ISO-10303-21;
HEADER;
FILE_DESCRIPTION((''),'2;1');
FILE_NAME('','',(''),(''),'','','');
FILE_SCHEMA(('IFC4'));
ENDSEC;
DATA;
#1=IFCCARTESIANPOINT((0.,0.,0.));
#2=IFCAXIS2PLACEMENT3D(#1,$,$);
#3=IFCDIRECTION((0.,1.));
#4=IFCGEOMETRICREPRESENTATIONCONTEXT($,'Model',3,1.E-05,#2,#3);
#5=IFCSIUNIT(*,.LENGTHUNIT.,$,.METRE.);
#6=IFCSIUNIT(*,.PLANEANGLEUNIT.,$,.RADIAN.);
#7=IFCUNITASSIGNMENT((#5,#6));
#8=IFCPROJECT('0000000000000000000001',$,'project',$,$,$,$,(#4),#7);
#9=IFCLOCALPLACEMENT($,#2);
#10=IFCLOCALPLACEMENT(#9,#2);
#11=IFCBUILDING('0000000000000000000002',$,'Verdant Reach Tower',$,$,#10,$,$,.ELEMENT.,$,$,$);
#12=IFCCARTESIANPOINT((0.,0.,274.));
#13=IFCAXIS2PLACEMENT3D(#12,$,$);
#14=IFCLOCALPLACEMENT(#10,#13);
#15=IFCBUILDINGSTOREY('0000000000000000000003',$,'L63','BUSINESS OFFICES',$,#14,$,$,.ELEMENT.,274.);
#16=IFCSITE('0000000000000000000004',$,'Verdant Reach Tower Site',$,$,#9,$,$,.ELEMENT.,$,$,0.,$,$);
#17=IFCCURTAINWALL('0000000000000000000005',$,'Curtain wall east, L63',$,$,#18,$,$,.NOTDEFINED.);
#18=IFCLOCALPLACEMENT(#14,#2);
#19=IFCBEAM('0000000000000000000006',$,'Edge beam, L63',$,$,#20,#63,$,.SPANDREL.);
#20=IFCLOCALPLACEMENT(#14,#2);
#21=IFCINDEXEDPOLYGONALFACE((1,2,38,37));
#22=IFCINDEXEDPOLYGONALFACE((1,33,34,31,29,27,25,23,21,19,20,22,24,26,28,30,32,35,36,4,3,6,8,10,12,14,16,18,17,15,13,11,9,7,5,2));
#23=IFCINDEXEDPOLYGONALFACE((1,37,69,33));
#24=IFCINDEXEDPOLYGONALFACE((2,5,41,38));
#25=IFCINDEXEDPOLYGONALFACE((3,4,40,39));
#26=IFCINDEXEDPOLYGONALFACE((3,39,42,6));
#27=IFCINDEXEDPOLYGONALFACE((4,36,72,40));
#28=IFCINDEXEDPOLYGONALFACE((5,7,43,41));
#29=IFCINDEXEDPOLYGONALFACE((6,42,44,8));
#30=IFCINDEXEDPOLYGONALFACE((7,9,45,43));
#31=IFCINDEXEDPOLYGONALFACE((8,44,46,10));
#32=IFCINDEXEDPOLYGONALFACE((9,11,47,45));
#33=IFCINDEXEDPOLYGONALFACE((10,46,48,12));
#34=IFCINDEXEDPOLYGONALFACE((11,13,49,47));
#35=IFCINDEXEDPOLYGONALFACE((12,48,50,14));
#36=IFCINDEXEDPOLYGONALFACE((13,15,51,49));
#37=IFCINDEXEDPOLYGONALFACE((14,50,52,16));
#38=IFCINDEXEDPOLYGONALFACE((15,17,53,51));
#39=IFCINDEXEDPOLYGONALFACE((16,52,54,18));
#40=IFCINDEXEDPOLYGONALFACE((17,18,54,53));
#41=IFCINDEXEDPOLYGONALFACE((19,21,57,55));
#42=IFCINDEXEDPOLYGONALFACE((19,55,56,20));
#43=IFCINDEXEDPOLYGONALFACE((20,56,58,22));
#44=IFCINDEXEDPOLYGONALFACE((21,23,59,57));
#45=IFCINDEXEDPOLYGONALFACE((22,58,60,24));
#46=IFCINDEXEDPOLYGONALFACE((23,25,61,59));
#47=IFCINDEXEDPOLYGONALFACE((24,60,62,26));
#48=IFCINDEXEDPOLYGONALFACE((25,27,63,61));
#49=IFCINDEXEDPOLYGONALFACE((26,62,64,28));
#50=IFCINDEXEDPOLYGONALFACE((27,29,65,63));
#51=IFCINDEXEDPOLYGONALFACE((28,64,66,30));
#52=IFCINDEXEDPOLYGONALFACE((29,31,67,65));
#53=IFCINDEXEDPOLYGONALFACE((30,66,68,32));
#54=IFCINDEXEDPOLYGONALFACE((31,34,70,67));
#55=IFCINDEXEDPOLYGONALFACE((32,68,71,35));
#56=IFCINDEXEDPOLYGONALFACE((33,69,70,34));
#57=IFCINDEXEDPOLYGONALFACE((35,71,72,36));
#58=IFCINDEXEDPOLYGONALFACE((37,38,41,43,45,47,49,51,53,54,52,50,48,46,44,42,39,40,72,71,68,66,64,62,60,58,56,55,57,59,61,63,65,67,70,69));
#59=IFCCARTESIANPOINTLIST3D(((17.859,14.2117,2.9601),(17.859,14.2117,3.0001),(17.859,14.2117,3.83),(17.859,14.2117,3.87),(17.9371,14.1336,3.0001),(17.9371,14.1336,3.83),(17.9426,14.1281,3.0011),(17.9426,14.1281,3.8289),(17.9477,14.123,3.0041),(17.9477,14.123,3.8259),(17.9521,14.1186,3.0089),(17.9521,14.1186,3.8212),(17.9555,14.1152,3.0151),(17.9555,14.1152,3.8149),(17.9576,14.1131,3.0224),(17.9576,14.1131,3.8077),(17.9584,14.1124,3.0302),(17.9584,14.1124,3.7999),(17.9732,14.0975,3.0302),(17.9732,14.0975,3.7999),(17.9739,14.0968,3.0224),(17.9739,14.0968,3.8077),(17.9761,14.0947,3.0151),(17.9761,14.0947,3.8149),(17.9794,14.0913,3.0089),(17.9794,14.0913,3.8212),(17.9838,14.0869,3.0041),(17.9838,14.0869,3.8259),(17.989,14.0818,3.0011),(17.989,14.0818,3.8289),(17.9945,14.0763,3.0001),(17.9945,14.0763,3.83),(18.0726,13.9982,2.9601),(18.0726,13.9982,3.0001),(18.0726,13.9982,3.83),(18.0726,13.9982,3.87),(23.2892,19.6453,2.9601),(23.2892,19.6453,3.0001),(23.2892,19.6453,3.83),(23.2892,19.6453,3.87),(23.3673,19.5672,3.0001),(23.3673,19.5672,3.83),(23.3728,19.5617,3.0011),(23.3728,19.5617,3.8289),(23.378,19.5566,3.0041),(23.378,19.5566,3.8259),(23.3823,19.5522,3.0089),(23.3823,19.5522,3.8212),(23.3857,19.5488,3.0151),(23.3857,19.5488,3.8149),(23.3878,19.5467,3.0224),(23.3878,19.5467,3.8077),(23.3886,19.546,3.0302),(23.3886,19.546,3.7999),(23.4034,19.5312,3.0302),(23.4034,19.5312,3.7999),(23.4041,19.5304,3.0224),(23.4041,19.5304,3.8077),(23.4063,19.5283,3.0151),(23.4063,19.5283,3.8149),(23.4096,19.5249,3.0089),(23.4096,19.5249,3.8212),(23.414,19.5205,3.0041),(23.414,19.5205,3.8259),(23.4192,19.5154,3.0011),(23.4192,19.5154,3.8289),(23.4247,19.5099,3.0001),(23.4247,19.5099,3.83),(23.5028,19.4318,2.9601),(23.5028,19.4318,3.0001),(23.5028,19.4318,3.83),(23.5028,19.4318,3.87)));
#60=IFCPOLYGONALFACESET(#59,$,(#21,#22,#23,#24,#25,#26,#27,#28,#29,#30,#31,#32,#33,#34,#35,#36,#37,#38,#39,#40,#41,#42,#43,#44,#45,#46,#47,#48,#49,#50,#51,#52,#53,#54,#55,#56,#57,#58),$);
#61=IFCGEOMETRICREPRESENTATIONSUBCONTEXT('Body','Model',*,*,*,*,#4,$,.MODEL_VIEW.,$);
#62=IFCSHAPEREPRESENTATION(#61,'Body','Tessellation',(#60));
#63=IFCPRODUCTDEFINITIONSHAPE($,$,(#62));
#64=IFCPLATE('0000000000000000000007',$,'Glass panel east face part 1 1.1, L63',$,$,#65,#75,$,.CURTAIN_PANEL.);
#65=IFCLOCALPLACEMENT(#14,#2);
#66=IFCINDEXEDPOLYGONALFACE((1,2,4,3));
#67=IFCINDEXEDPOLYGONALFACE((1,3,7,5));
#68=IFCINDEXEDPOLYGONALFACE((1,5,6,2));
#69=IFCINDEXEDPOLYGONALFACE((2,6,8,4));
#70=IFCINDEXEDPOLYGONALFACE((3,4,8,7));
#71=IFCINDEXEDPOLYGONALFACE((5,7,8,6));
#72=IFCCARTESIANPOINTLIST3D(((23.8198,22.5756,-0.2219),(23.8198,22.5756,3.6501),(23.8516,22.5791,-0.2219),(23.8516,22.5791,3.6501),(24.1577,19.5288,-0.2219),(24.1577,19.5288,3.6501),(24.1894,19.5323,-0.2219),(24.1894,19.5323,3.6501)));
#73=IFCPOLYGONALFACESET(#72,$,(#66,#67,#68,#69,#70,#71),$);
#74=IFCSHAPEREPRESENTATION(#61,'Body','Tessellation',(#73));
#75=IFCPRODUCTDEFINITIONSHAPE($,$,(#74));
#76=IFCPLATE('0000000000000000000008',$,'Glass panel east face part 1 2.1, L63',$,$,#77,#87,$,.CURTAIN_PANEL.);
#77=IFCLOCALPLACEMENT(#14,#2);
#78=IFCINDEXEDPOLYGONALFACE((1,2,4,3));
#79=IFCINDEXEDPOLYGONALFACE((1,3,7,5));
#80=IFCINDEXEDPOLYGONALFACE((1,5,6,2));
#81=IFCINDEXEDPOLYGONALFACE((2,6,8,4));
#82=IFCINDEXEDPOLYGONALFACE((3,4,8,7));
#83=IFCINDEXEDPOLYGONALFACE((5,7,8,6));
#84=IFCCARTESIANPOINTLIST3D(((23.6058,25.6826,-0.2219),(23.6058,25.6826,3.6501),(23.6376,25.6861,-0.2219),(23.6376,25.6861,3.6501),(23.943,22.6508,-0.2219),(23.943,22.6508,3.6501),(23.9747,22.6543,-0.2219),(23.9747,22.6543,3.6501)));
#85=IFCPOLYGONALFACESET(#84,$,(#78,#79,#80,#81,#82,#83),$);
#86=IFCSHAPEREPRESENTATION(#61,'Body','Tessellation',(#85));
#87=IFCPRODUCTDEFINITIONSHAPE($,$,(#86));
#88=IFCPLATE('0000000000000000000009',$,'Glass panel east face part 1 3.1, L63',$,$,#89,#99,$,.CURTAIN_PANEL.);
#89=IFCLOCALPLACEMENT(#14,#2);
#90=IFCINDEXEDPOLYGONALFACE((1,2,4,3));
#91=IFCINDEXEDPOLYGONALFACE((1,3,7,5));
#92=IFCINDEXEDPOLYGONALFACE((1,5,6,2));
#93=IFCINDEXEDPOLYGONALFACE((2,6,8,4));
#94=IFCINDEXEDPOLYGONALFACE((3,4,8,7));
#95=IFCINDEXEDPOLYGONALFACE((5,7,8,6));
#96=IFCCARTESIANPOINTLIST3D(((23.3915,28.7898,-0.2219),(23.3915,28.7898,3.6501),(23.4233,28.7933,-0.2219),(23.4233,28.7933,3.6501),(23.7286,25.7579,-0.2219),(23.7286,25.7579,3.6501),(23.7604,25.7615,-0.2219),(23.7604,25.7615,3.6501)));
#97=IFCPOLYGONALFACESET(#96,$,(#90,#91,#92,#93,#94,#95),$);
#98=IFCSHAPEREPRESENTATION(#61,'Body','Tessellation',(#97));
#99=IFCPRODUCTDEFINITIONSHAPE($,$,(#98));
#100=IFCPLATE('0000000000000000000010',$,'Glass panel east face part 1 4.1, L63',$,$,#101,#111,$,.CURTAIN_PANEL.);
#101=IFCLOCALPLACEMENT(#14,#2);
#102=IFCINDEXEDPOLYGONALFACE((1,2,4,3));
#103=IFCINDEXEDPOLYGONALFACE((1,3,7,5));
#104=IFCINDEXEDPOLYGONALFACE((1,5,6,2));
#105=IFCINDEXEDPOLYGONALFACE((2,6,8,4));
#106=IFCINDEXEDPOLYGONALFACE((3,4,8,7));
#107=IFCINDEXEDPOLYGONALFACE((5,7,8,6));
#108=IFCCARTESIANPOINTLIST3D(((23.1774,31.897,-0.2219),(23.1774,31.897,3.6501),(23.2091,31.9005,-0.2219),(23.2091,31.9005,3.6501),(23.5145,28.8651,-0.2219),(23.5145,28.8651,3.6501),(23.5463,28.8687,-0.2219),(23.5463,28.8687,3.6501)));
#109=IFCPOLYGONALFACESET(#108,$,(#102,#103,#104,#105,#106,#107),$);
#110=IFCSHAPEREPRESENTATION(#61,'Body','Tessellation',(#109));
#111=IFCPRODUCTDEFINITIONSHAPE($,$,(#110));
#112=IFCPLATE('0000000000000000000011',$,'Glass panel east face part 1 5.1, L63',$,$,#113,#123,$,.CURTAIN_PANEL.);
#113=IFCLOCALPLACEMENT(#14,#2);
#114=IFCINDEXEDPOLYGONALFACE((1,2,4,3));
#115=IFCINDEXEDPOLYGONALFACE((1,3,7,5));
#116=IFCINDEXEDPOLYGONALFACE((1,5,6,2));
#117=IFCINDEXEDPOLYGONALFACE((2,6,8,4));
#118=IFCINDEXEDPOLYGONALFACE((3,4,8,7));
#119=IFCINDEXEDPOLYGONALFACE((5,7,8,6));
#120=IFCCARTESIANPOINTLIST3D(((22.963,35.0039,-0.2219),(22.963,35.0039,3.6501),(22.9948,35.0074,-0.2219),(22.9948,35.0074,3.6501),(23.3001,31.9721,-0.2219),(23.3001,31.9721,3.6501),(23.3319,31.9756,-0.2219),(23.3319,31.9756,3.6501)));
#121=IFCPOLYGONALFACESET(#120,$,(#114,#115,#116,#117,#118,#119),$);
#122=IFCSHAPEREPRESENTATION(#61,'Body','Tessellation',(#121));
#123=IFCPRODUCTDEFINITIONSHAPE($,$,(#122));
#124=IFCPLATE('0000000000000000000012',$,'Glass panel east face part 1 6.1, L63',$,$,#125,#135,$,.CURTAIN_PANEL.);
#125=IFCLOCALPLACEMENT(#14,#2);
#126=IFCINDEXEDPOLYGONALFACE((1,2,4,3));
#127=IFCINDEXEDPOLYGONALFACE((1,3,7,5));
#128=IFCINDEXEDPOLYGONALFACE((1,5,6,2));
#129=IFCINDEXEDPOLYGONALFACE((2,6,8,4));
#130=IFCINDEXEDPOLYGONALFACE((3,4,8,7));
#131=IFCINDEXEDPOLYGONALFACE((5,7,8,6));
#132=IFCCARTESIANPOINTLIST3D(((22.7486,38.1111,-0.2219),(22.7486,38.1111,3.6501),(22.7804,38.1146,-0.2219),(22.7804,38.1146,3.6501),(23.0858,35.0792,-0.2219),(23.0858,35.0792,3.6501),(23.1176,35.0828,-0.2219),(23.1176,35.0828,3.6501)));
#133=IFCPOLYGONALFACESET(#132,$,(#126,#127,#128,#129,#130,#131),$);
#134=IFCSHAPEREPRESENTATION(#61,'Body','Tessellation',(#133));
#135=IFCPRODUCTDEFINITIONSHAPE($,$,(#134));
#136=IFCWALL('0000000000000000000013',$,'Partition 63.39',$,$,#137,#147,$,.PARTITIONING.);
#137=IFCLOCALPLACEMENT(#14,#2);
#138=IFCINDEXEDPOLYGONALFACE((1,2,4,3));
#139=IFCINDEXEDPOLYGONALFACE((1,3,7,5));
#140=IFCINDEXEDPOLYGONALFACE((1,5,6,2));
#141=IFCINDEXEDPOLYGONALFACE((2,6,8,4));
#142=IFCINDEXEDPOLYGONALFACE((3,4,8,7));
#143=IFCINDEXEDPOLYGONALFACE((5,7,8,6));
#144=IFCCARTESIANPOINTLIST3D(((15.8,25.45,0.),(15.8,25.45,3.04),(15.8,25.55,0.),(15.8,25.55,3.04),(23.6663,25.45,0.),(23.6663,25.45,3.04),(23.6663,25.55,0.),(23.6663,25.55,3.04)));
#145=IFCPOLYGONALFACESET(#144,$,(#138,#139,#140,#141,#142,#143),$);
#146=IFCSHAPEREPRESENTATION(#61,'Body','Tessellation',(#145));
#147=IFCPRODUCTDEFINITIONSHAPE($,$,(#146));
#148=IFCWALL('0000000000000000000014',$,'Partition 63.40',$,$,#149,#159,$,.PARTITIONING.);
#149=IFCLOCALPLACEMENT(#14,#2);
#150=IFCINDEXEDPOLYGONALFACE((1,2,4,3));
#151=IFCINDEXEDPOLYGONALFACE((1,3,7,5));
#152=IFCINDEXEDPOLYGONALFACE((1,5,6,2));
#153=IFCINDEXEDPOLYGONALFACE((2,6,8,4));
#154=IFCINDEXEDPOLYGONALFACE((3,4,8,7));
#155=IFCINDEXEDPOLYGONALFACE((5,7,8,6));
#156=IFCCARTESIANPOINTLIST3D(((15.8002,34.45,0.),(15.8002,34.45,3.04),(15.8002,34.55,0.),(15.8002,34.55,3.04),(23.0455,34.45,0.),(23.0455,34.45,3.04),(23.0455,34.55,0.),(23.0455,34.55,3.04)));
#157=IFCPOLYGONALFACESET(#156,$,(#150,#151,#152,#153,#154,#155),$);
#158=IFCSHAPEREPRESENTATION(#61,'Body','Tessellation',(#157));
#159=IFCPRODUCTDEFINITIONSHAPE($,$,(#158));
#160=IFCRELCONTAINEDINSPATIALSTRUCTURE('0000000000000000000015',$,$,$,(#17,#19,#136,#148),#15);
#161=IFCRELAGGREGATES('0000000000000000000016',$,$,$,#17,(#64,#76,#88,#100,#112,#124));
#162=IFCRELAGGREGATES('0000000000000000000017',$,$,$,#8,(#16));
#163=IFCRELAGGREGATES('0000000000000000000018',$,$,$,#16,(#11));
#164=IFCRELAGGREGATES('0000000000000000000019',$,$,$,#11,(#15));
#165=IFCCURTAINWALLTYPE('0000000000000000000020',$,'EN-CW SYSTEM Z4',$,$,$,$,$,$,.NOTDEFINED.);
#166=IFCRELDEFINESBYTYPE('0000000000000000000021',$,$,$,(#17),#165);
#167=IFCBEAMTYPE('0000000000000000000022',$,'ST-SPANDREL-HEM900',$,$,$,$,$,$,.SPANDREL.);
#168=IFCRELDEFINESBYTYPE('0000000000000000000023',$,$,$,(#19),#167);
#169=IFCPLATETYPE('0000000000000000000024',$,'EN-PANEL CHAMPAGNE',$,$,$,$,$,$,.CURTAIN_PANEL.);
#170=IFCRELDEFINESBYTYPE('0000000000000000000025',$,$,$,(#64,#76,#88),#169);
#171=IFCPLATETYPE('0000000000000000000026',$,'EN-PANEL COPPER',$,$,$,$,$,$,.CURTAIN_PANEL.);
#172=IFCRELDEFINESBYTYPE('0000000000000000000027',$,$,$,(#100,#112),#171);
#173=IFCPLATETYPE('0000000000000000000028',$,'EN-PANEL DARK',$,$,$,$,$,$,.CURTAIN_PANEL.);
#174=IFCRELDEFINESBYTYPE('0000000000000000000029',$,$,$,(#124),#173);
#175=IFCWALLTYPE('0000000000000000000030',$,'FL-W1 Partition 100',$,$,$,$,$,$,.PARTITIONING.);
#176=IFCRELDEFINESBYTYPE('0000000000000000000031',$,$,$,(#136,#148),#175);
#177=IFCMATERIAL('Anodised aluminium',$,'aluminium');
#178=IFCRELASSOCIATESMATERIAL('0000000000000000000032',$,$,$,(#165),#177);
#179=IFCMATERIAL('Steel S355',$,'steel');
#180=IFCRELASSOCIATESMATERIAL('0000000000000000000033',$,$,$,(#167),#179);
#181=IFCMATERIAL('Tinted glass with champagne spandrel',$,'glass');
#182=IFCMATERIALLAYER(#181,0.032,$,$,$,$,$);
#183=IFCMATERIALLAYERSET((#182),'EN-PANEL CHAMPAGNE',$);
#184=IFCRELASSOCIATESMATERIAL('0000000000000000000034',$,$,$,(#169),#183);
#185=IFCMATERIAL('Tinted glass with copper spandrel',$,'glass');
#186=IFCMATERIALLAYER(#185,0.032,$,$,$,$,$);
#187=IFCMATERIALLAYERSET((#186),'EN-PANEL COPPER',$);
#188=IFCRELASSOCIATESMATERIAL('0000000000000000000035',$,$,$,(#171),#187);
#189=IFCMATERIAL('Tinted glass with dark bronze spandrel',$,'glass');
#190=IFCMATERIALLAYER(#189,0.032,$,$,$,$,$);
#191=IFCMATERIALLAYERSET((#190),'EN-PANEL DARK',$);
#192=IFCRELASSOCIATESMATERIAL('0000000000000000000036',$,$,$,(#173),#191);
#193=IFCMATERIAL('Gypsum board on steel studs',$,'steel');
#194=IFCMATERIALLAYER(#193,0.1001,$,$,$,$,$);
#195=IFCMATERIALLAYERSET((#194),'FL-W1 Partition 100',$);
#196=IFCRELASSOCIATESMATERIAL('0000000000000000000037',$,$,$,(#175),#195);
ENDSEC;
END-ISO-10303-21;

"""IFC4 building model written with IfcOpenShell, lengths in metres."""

from ifc_helpers import new_model, si_unit, direction, frame, frame_2d, origin, origin_2d, place, context, subcontext, project, spatial, rectangle, i_section, extrude, material, layer, layer_set, material_profile, profile_set, type_object, element, aggregate, save


model = new_model("IFC4")

# Units and contexts
model_context = context("Model", 3, precision=1e-05, world=origin(), true_north=direction((0.0, 1.0)))
body_context = subcontext(model_context, "Body", "Model", "MODEL_VIEW")
ifc_project = project(units=[si_unit("LENGTHUNIT", "METRE"), si_unit("PLANEANGLEUNIT", "RADIAN")], contexts=[model_context])

# Site, building, storey
site_placement = place(None, origin())
site = spatial("IfcSite", under=ifc_project, at=site_placement, Name="Verdant Reach Tower Site", CompositionType="ELEMENT", RefElevation=0.0)
building_placement = place(site_placement, origin())
building = spatial("IfcBuilding", under=site, at=building_placement, Name="Verdant Reach Tower", CompositionType="ELEMENT")
storey_placement = place(building_placement, frame((0.0, 0.0, 274.0)))
storey = spatial("IfcBuildingStorey", under=building, at=storey_placement, Name="L63", Description="BUSINESS OFFICES", CompositionType="ELEMENT", Elevation=274.0)

# Curtain wall
ifc_material_1 = material(Name="Anodised aluminium", Category="aluminium")
curtain_wall_type = type_object("IfcCurtainWallType", Name="EN-CW SYSTEM Z4", PredefinedType="NOTDEFINED", material=ifc_material_1)
curtain_wall_placement = place(storey_placement, origin())
curtain_wall = element("IfcCurtainWall", 1, at=curtain_wall_placement, inside=storey, type_object=curtain_wall_type, Name="Curtain wall east, L63", PredefinedType="NOTDEFINED")

# Beam
ifc_material_2 = material(Name="Steel S355", Category="steel")
ifc_material_profile_1 = material_profile(ifc_material_2, i_section(OverallWidth=0.302, OverallDepth=0.9099, WebThickness=0.021, FlangeThickness=0.04, FilletRadius=0.03, at=origin_2d()), Name="HEM 900")
ifc_profile_set_1 = profile_set([ifc_material_profile_1], Name="Steel S355")
beam_type_1 = type_object("IfcBeamType", Name="ST-SPANDREL-HEM900", PredefinedType="SPANDREL", material=ifc_profile_set_1)
beam_1_placement = place(storey_placement, frame((23.396, 19.5386, 3.415), z_axis=(-0.706884, -0.707329, 0.0), x_axis=(0.707329, -0.706884, 0.0)))
element("IfcBeam", 2, at=beam_1_placement, inside=storey, type_object=beam_type_1, Name="Edge beam, L63", PredefinedType="SPANDREL", context=body_context, shape_type="SweptSolid", body=[
    extrude(i_section(OverallWidth=0.302, OverallDepth=0.9099, WebThickness=0.021, FlangeThickness=0.04, FilletRadius=0.03, at=origin_2d()), origin(), (0.0, 0.0, 1.0), 7.6819),
])

# Plates
ifc_material_3 = material(Name="Tinted glass with champagne spandrel", Category="glass")
ifc_layer_1 = layer(ifc_material_3, 0.032)
ifc_layer_set_1 = layer_set([ifc_layer_1], Name="EN-PANEL CHAMPAGNE")
plate_type_1 = type_object("IfcPlateType", Name="EN-PANEL CHAMPAGNE", PredefinedType="CURTAIN_PANEL", material=ifc_layer_set_1)
plate_1_placement = place(storey_placement, frame((24.0046, 21.054, -0.2219), z_axis=(0.0, 0.0, 1.0), x_axis=(-0.110206, 0.993909, 0.0)))
plate_1 = element("IfcPlate", 3, at=plate_1_placement, type_object=plate_type_1, Name="Glass panel east face part 1 1.1, L63", PredefinedType="CURTAIN_PANEL", context=body_context, shape_type="SweptSolid", body=[
    extrude(rectangle(XDim=3.0654, YDim=0.032, at=origin_2d()), origin(), (0.0, 0.0, 1.0), 3.8721),
])
plate_2_placement = place(storey_placement, frame((23.7903, 24.1685, -0.2219), z_axis=(0.0, 0.0, 1.0), x_axis=(-0.110518, 0.993874, 0.0)))
plate_2 = element("IfcPlate", 4, at=plate_2_placement, type_object=plate_type_1, Name="Glass panel east face part 1 2.1, L63", PredefinedType="CURTAIN_PANEL", context=body_context, shape_type="SweptSolid", body=[
    extrude(rectangle(XDim=3.0505, YDim=0.032, at=origin_2d()), origin(), (0.0, 0.0, 1.0), 3.8721),
])
plate_3_placement = place(storey_placement, frame((23.5759, 27.2756, -0.2219), z_axis=(0.0, 0.0, 1.0), x_axis=(-0.110518, 0.993874, 0.0)))
plate_3 = element("IfcPlate", 5, at=plate_3_placement, type_object=plate_type_1, Name="Glass panel east face part 1 3.1, L63", PredefinedType="CURTAIN_PANEL", context=body_context, shape_type="SweptSolid", body=[
    extrude(rectangle(XDim=3.0505, YDim=0.032, at=origin_2d()), origin(), (0.0, 0.0, 1.0), 3.8721),
])
ifc_material_4 = material(Name="Tinted glass with copper spandrel", Category="glass")
ifc_layer_2 = layer(ifc_material_4, 0.032)
ifc_layer_set_2 = layer_set([ifc_layer_2], Name="EN-PANEL COPPER")
plate_type_2 = type_object("IfcPlateType", Name="EN-PANEL COPPER", PredefinedType="CURTAIN_PANEL", material=ifc_layer_set_2)
plate_4_placement = place(storey_placement, frame((23.3618, 30.3828, -0.2219), z_axis=(0.0, 0.0, 1.0), x_axis=(-0.110518, 0.993874, 0.0)))
plate_4 = element("IfcPlate", 6, at=plate_4_placement, type_object=plate_type_2, Name="Glass panel east face part 1 4.1, L63", PredefinedType="CURTAIN_PANEL", context=body_context, shape_type="SweptSolid", body=[
    extrude(rectangle(XDim=3.0505, YDim=0.032, at=origin_2d()), origin(), (0.0, 0.0, 1.0), 3.8721),
])
plate_5_placement = place(storey_placement, frame((23.1475, 33.4897, -0.2219), z_axis=(0.0, 0.0, 1.0), x_axis=(-0.110518, 0.993874, 0.0)))
plate_5 = element("IfcPlate", 7, at=plate_5_placement, type_object=plate_type_2, Name="Glass panel east face part 1 5.1, L63", PredefinedType="CURTAIN_PANEL", context=body_context, shape_type="SweptSolid", body=[
    extrude(rectangle(XDim=3.0505, YDim=0.032, at=origin_2d()), origin(), (0.0, 0.0, 1.0), 3.8721),
])
ifc_material_5 = material(Name="Tinted glass with dark bronze spandrel", Category="glass")
ifc_layer_3 = layer(ifc_material_5, 0.032)
ifc_layer_set_3 = layer_set([ifc_layer_3], Name="EN-PANEL DARK")
plate_type_3 = type_object("IfcPlateType", Name="EN-PANEL DARK", PredefinedType="CURTAIN_PANEL", material=ifc_layer_set_3)
plate_6_placement = place(storey_placement, frame((22.9331, 36.5969, -0.2219), z_axis=(0.0, 0.0, 1.0), x_axis=(-0.110518, 0.993874, 0.0)))
plate_6 = element("IfcPlate", 8, at=plate_6_placement, type_object=plate_type_3, Name="Glass panel east face part 1 6.1, L63", PredefinedType="CURTAIN_PANEL", context=body_context, shape_type="SweptSolid", body=[
    extrude(rectangle(XDim=3.0505, YDim=0.032, at=origin_2d()), origin(), (0.0, 0.0, 1.0), 3.8721),
])
aggregate(curtain_wall, [plate_1, plate_2, plate_3, plate_4, plate_5, plate_6])

# Walls
ifc_material_6 = material(Name="Gypsum board on steel studs", Category="steel")
ifc_layer_4 = layer(ifc_material_6, 0.1001)
ifc_layer_set_4 = layer_set([ifc_layer_4], Name="FL-W1 Partition 100")
wall_type_1 = type_object("IfcWallType", Name="FL-W1 Partition 100", PredefinedType="PARTITIONING", material=ifc_layer_set_4)
wall_1_placement = place(storey_placement, frame((23.6663, 25.5, 0.0), z_axis=(0.0, 0.0, 1.0), x_axis=(-1.0, 0.0, 0.0)))
element("IfcWall", 9, at=wall_1_placement, inside=storey, type_object=wall_type_1, Name="Partition 63.39", PredefinedType="PARTITIONING", context=body_context, shape_type="SweptSolid", body=[
    extrude(rectangle(XDim=7.8662, YDim=0.1001, at=frame_2d((3.9331, 0.0))), origin(), (0.0, 0.0, 1.0), 3.04),
])
wall_2_placement = place(storey_placement, frame((23.0454, 34.5, 0.0), z_axis=(0.0, 0.0, 1.0), x_axis=(-1.0, 0.0, 0.0)))
element("IfcWall", 10, at=wall_2_placement, inside=storey, type_object=wall_type_1, Name="Partition 63.40", PredefinedType="PARTITIONING", context=body_context, shape_type="SweptSolid", body=[
    extrude(rectangle(XDim=7.2454, YDim=0.1001, at=frame_2d((3.6226, 0.0))), origin(), (0.0, 0.0, 1.0), 3.04),
])

save(model, "model.ifc")
